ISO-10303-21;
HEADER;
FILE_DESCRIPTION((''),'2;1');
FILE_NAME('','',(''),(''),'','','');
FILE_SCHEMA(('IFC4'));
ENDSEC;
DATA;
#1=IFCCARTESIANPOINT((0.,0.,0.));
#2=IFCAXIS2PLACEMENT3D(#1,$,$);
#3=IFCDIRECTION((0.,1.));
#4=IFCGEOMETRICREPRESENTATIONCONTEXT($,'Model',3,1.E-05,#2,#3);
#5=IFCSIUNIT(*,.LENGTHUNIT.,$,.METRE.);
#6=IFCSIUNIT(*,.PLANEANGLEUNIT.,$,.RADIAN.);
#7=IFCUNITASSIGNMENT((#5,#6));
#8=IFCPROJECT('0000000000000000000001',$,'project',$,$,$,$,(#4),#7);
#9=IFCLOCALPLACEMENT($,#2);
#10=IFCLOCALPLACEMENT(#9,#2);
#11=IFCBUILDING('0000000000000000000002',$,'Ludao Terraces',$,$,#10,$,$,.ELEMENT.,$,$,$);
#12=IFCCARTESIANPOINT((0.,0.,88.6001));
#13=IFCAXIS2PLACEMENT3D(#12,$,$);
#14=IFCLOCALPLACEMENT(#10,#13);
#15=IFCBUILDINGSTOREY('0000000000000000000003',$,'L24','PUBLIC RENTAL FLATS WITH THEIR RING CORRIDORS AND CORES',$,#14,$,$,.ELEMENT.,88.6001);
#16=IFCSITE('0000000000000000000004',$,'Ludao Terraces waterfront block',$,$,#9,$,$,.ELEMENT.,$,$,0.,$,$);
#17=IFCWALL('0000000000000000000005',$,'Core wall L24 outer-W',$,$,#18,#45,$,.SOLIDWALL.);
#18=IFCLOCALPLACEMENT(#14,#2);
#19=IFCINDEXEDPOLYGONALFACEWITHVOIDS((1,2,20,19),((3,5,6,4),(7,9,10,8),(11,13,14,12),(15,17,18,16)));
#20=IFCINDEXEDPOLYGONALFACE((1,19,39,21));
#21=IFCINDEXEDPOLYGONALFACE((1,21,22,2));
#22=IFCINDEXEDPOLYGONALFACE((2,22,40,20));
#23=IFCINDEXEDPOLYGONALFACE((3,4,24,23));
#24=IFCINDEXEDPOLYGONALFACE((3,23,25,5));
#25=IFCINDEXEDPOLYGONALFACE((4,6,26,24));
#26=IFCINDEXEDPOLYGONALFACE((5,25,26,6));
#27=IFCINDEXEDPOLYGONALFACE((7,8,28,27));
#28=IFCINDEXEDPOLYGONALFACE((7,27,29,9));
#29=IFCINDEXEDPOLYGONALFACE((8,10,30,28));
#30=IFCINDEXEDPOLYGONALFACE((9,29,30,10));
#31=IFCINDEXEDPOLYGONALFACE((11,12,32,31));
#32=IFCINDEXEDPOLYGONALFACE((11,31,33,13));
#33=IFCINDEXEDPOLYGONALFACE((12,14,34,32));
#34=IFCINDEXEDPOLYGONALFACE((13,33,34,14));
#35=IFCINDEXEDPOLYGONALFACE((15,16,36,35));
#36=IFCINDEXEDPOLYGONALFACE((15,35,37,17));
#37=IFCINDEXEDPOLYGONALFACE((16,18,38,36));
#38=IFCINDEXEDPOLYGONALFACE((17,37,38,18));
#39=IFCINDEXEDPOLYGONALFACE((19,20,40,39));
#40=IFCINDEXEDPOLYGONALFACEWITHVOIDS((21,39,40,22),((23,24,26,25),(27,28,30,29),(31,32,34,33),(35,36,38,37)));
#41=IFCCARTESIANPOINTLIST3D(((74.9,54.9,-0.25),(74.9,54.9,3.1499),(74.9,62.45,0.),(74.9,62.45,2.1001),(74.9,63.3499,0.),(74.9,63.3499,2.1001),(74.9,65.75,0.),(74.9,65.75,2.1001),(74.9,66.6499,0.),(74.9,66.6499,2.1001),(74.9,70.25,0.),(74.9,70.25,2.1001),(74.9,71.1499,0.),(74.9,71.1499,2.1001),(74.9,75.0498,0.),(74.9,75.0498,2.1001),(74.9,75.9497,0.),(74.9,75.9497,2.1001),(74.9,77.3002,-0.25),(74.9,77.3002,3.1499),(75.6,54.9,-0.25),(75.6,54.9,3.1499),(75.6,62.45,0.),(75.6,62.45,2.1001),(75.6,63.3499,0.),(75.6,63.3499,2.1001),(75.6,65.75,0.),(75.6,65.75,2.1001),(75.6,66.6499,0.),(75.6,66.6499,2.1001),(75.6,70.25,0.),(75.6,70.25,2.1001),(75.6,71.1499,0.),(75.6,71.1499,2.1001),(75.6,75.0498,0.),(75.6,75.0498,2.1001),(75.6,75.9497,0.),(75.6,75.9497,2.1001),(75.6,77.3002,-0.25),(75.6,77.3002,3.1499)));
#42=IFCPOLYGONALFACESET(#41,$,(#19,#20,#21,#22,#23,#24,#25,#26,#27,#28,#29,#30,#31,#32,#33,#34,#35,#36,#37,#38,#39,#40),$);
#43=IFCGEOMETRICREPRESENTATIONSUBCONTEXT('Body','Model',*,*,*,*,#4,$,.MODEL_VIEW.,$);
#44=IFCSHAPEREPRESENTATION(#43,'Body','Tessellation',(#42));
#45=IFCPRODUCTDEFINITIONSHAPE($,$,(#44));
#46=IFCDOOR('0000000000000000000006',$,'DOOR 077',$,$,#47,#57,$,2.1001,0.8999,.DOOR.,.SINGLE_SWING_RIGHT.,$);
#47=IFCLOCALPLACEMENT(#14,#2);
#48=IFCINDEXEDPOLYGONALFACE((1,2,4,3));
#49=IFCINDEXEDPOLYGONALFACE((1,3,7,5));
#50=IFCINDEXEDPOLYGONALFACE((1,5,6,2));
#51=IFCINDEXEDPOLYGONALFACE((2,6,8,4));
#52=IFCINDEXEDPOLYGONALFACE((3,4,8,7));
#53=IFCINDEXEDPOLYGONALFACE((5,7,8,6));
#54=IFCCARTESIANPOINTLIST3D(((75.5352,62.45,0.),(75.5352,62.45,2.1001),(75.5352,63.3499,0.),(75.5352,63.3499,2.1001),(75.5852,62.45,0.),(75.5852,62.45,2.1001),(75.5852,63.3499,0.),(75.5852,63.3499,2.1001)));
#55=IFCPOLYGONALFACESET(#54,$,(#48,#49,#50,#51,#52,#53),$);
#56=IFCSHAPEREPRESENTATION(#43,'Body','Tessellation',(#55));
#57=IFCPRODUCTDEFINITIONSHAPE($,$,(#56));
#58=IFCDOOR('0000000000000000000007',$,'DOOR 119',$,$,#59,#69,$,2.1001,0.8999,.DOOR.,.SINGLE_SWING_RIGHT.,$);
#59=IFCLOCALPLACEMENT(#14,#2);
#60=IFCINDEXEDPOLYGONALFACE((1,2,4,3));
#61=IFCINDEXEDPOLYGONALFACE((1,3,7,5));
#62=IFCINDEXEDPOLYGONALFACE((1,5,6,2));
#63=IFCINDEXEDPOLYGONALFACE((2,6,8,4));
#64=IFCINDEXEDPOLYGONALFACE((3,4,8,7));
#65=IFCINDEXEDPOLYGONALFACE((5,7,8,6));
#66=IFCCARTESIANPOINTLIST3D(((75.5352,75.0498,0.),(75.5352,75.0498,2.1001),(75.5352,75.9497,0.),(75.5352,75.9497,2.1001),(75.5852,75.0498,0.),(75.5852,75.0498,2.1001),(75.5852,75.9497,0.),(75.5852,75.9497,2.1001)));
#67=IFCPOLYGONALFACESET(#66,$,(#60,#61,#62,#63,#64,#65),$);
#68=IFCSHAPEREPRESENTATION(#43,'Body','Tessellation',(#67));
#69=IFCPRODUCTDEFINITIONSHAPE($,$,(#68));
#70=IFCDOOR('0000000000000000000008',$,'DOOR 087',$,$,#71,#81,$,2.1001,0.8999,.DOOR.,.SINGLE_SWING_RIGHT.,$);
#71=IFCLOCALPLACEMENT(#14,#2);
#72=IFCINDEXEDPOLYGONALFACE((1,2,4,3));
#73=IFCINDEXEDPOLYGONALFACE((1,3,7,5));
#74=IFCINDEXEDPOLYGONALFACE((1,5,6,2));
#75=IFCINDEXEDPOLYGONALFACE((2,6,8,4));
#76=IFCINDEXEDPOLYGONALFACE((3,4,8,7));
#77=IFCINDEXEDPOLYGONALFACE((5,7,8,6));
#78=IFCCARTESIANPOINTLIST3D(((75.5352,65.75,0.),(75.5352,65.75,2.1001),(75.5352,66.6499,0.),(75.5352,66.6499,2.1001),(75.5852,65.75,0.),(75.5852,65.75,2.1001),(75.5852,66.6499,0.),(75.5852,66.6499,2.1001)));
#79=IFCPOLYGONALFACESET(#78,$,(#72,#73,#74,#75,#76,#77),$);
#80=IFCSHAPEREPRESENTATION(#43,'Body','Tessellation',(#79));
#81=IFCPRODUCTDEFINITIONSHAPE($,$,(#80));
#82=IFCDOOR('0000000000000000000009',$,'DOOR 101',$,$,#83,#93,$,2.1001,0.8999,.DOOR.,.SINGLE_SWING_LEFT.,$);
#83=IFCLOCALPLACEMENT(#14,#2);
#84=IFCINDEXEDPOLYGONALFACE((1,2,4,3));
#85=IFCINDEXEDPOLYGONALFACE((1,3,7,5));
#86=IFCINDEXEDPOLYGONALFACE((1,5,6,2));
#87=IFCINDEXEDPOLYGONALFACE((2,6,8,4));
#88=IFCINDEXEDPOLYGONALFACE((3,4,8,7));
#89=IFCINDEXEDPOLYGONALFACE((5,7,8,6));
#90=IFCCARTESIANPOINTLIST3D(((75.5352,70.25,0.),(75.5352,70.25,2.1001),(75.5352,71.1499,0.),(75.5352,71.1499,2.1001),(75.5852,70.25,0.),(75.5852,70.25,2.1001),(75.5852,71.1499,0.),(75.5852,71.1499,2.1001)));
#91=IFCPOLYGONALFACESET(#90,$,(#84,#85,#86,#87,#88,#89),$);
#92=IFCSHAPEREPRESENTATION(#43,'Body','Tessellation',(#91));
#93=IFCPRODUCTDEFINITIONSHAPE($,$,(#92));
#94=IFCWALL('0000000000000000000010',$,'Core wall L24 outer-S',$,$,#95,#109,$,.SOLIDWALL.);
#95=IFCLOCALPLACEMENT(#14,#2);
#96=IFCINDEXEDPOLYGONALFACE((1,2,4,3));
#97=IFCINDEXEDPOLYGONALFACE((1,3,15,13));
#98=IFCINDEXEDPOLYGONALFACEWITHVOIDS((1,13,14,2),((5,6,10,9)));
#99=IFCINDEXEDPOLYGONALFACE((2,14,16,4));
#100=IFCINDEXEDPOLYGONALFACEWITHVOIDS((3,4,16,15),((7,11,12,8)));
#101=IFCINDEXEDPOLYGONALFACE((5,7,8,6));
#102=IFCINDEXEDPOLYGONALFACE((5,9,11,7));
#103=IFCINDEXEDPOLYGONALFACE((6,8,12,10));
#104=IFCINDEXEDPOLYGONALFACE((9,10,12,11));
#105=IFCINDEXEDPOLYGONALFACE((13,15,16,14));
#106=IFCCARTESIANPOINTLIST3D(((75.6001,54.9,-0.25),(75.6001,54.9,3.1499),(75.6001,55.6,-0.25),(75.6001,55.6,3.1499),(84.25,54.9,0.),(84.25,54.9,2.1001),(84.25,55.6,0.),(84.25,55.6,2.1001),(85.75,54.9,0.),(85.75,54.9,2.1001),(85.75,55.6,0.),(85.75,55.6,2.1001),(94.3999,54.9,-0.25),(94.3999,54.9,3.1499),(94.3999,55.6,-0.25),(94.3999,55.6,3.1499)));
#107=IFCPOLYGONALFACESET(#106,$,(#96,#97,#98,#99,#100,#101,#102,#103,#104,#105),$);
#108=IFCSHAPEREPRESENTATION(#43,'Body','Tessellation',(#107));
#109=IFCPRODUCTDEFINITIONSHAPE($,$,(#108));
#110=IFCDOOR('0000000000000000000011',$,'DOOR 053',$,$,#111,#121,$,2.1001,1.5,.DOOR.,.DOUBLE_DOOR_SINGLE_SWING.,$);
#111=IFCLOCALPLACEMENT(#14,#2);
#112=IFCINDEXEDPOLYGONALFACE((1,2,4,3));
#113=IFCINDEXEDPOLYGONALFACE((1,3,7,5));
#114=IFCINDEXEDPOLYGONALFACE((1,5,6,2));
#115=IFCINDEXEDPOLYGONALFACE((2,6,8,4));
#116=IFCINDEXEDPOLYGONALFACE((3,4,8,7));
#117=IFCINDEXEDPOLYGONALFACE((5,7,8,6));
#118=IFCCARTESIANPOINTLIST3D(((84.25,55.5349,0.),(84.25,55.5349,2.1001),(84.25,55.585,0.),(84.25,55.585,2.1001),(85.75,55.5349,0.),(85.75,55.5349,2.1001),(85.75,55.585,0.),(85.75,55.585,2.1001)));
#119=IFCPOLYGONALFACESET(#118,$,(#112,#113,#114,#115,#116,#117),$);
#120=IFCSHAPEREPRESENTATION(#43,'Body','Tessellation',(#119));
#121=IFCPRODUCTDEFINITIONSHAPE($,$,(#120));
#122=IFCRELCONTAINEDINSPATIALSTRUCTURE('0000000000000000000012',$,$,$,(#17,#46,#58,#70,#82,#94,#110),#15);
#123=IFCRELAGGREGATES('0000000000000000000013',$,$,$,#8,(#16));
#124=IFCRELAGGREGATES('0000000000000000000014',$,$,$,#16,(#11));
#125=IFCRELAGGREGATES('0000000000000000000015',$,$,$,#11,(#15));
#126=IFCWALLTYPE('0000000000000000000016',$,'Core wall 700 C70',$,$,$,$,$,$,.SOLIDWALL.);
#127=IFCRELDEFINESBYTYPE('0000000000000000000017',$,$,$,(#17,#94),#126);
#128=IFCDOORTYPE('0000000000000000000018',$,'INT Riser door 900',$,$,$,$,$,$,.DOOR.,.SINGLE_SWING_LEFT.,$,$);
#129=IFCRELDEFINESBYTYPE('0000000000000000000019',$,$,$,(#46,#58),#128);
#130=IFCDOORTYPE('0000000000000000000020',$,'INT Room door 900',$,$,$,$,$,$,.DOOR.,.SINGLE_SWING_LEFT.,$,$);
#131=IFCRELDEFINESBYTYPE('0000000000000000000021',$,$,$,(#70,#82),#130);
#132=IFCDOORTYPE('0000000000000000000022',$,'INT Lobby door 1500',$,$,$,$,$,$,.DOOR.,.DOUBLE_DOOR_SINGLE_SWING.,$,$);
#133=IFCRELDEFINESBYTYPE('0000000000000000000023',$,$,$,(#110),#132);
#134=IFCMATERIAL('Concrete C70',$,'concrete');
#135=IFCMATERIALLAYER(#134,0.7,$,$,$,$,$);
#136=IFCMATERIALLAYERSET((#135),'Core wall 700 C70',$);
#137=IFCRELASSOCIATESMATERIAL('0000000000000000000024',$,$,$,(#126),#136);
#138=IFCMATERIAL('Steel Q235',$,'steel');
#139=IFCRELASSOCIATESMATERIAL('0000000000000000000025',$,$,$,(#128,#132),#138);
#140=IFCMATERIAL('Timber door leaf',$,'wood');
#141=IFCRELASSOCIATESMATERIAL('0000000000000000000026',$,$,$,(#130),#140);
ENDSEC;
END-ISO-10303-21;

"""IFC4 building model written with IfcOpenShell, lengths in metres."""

from ifc_helpers import new_model, si_unit, direction, frame, frame_2d, origin, place, context, subcontext, project, spatial, rectangle, extrude, material, layer, layer_set, type_object, element, fill, save


model = new_model("IFC4")

# Units and contexts
model_context = context("Model", 3, precision=1e-05, world=origin(), true_north=direction((0.0, 1.0)))
body_context = subcontext(model_context, "Body", "Model", "MODEL_VIEW")
ifc_project = project(units=[si_unit("LENGTHUNIT", "METRE"), si_unit("PLANEANGLEUNIT", "RADIAN")], contexts=[model_context])

# Site, building, storey
site_placement = place(None, origin())
site = spatial("IfcSite", under=ifc_project, at=site_placement, Name="Ludao Terraces waterfront block", CompositionType="ELEMENT", RefElevation=0.0)
building_placement = place(site_placement, origin())
building = spatial("IfcBuilding", under=site, at=building_placement, Name="Ludao Terraces", CompositionType="ELEMENT")
storey_placement = place(building_placement, frame((0.0, 0.0, 88.6001)))
storey = spatial("IfcBuildingStorey", under=building, at=storey_placement, Name="L24", Description="PUBLIC RENTAL FLATS WITH THEIR RING CORRIDORS AND CORES", CompositionType="ELEMENT", Elevation=88.6001)

# Wall, openings, doors
ifc_material_1 = material(Name="Concrete C70", Category="concrete")
ifc_layer_1 = layer(ifc_material_1, 0.7)
ifc_layer_set_1 = layer_set([ifc_layer_1], Name="Core wall 700 C70")
wall_type_1 = type_object("IfcWallType", Name="Core wall 700 C70", PredefinedType="SOLIDWALL", material=ifc_layer_set_1)
wall_1_placement = place(storey_placement, frame((75.25, 54.8999, -0.25), z_axis=(0.0, 0.0, 1.0), x_axis=(0.0, 1.0, 0.0)))
wall_1 = element("IfcWall", 1, at=wall_1_placement, inside=storey, type_object=wall_type_1, Name="Core wall L24 outer-W", PredefinedType="SOLIDWALL", context=body_context, shape_type="SweptSolid", body=[
    extrude(rectangle(XDim=22.4001, YDim=0.7, at=frame_2d((11.2002, 0.0))), origin(), (0.0, 0.0, 1.0), 3.3999),
])
opening_1_placement = place(wall_1_placement, frame((7.55, 0.0, 0.25)))
opening_1 = element("IfcOpeningElement", 2, at=opening_1_placement, cuts=wall_1, PredefinedType="OPENING", context=body_context, shape_type="SweptSolid", body=[
    extrude(rectangle(XDim=0.8999, YDim=2.1001, at=frame_2d((0.45, 1.05))), frame((0.0, 0.3599, 0.0), z_axis=(0.0, -1.0, 0.0), x_axis=(1.0, 0.0, 0.0)), (0.0, 0.0, 1.0), 0.72),
])
opening_2_placement = place(wall_1_placement, frame((10.8501, 0.0, 0.25)))
opening_2 = element("IfcOpeningElement", 3, at=opening_2_placement, cuts=wall_1, PredefinedType="OPENING", context=body_context, shape_type="SweptSolid", body=[
    extrude(rectangle(XDim=0.8999, YDim=2.1001, at=frame_2d((0.45, 1.05))), frame((0.0, 0.3599, 0.0), z_axis=(0.0, -1.0, 0.0), x_axis=(1.0, 0.0, 0.0)), (0.0, 0.0, 1.0), 0.72),
])
opening_3_placement = place(wall_1_placement, frame((15.3501, 0.0, 0.25)))
opening_3 = element("IfcOpeningElement", 4, at=opening_3_placement, cuts=wall_1, PredefinedType="OPENING", context=body_context, shape_type="SweptSolid", body=[
    extrude(rectangle(XDim=0.8999, YDim=2.1001, at=frame_2d((0.45, 1.05))), frame((0.0, 0.3599, 0.0), z_axis=(0.0, -1.0, 0.0), x_axis=(1.0, 0.0, 0.0)), (0.0, 0.0, 1.0), 0.72),
])
opening_4_placement = place(wall_1_placement, frame((20.1499, 0.0, 0.25)))
opening_4 = element("IfcOpeningElement", 5, at=opening_4_placement, cuts=wall_1, PredefinedType="OPENING", context=body_context, shape_type="SweptSolid", body=[
    extrude(rectangle(XDim=0.8999, YDim=2.1001, at=frame_2d((0.45, 1.05))), frame((0.0, 0.3599, 0.0), z_axis=(0.0, -1.0, 0.0), x_axis=(1.0, 0.0, 0.0)), (0.0, 0.0, 1.0), 0.72),
])
ifc_material_2 = material(Name="Steel Q235", Category="steel")
door_type_1 = type_object("IfcDoorType", Name="INT Riser door 900", OperationType="SINGLE_SWING_LEFT", PredefinedType="DOOR", material=ifc_material_2)
door_1_placement = place(opening_1_placement, origin())
door_1 = element("IfcDoor", 6, at=door_1_placement, inside=storey, type_object=door_type_1, Name="DOOR 077", OperationType="SINGLE_SWING_RIGHT", OverallHeight=2.1001, OverallWidth=0.8999, PredefinedType="DOOR", context=body_context, shape_type="SweptSolid", body=[
    extrude(rectangle(XDim=0.8999, YDim=2.1001, at=frame_2d((0.45, 1.05))), frame((0.0, -0.2852, 0.0), z_axis=(0.0, -1.0, 0.0), x_axis=(1.0, 0.0, 0.0)), (0.0, 0.0, 1.0), 0.05),
])
fill(opening_1, door_1)
door_2_placement = place(opening_4_placement, origin())
door_2 = element("IfcDoor", 7, at=door_2_placement, inside=storey, type_object=door_type_1, Name="DOOR 119", OperationType="SINGLE_SWING_RIGHT", OverallHeight=2.1001, OverallWidth=0.8999, PredefinedType="DOOR", context=body_context, shape_type="SweptSolid", body=[
    extrude(rectangle(XDim=0.8999, YDim=2.1001, at=frame_2d((0.45, 1.05))), frame((0.0, -0.2852, 0.0), z_axis=(0.0, -1.0, 0.0), x_axis=(1.0, 0.0, 0.0)), (0.0, 0.0, 1.0), 0.05),
])
fill(opening_4, door_2)
ifc_material_3 = material(Name="Timber door leaf", Category="wood")
door_type_2 = type_object("IfcDoorType", Name="INT Room door 900", OperationType="SINGLE_SWING_LEFT", PredefinedType="DOOR", material=ifc_material_3)
door_3_placement = place(opening_2_placement, origin())
door_3 = element("IfcDoor", 8, at=door_3_placement, inside=storey, type_object=door_type_2, Name="DOOR 087", OperationType="SINGLE_SWING_RIGHT", OverallHeight=2.1001, OverallWidth=0.8999, PredefinedType="DOOR", context=body_context, shape_type="SweptSolid", body=[
    extrude(rectangle(XDim=0.8999, YDim=2.1001, at=frame_2d((0.45, 1.05))), frame((0.0, -0.2852, 0.0), z_axis=(0.0, -1.0, 0.0), x_axis=(1.0, 0.0, 0.0)), (0.0, 0.0, 1.0), 0.05),
])
fill(opening_2, door_3)
door_4_placement = place(opening_3_placement, origin())
door_4 = element("IfcDoor", 9, at=door_4_placement, inside=storey, type_object=door_type_2, Name="DOOR 101", OperationType="SINGLE_SWING_LEFT", OverallHeight=2.1001, OverallWidth=0.8999, PredefinedType="DOOR", context=body_context, shape_type="SweptSolid", body=[
    extrude(rectangle(XDim=0.8999, YDim=2.1001, at=frame_2d((0.45, 1.05))), frame((0.0, -0.2852, 0.0), z_axis=(0.0, -1.0, 0.0), x_axis=(1.0, 0.0, 0.0)), (0.0, 0.0, 1.0), 0.05),
])
fill(opening_3, door_4)

# Wall, opening, door
wall_2_placement = place(storey_placement, frame((75.6001, 55.25, -0.25), z_axis=(0.0, 0.0, 1.0), x_axis=(1.0, 0.0, 0.0)))
wall_2 = element("IfcWall", 10, at=wall_2_placement, inside=storey, type_object=wall_type_1, Name="Core wall L24 outer-S", PredefinedType="SOLIDWALL", context=body_context, shape_type="SweptSolid", body=[
    extrude(rectangle(XDim=18.7998, YDim=0.7, at=frame_2d((9.3999, 0.0))), origin(), (0.0, 0.0, 1.0), 3.3999),
])
opening_5_placement = place(wall_2_placement, frame((8.6499, 0.0, 0.25)))
opening_5 = element("IfcOpeningElement", 11, at=opening_5_placement, cuts=wall_2, PredefinedType="OPENING", context=body_context, shape_type="SweptSolid", body=[
    extrude(rectangle(XDim=1.5, YDim=2.1001, at=frame_2d((0.75, 1.05))), frame((0.0, 0.3599, 0.0), z_axis=(0.0, -1.0, 0.0), x_axis=(1.0, 0.0, 0.0)), (0.0, 0.0, 1.0), 0.72),
])
door_type_3 = type_object("IfcDoorType", Name="INT Lobby door 1500", OperationType="DOUBLE_DOOR_SINGLE_SWING", PredefinedType="DOOR", material=ifc_material_2)
door_5_placement = place(opening_5_placement, origin())
door_5 = element("IfcDoor", 12, at=door_5_placement, inside=storey, type_object=door_type_3, Name="DOOR 053", OperationType="DOUBLE_DOOR_SINGLE_SWING", OverallHeight=2.1001, OverallWidth=1.5, PredefinedType="DOOR", context=body_context, shape_type="SweptSolid", body=[
    extrude(rectangle(XDim=1.5, YDim=2.1001, at=frame_2d((0.75, 1.05))), frame((0.0, 0.335, 0.0), z_axis=(0.0, -1.0, 0.0), x_axis=(1.0, 0.0, 0.0)), (0.0, 0.0, 1.0), 0.05),
])
fill(opening_5, door_5)

save(model, "model.ifc")
